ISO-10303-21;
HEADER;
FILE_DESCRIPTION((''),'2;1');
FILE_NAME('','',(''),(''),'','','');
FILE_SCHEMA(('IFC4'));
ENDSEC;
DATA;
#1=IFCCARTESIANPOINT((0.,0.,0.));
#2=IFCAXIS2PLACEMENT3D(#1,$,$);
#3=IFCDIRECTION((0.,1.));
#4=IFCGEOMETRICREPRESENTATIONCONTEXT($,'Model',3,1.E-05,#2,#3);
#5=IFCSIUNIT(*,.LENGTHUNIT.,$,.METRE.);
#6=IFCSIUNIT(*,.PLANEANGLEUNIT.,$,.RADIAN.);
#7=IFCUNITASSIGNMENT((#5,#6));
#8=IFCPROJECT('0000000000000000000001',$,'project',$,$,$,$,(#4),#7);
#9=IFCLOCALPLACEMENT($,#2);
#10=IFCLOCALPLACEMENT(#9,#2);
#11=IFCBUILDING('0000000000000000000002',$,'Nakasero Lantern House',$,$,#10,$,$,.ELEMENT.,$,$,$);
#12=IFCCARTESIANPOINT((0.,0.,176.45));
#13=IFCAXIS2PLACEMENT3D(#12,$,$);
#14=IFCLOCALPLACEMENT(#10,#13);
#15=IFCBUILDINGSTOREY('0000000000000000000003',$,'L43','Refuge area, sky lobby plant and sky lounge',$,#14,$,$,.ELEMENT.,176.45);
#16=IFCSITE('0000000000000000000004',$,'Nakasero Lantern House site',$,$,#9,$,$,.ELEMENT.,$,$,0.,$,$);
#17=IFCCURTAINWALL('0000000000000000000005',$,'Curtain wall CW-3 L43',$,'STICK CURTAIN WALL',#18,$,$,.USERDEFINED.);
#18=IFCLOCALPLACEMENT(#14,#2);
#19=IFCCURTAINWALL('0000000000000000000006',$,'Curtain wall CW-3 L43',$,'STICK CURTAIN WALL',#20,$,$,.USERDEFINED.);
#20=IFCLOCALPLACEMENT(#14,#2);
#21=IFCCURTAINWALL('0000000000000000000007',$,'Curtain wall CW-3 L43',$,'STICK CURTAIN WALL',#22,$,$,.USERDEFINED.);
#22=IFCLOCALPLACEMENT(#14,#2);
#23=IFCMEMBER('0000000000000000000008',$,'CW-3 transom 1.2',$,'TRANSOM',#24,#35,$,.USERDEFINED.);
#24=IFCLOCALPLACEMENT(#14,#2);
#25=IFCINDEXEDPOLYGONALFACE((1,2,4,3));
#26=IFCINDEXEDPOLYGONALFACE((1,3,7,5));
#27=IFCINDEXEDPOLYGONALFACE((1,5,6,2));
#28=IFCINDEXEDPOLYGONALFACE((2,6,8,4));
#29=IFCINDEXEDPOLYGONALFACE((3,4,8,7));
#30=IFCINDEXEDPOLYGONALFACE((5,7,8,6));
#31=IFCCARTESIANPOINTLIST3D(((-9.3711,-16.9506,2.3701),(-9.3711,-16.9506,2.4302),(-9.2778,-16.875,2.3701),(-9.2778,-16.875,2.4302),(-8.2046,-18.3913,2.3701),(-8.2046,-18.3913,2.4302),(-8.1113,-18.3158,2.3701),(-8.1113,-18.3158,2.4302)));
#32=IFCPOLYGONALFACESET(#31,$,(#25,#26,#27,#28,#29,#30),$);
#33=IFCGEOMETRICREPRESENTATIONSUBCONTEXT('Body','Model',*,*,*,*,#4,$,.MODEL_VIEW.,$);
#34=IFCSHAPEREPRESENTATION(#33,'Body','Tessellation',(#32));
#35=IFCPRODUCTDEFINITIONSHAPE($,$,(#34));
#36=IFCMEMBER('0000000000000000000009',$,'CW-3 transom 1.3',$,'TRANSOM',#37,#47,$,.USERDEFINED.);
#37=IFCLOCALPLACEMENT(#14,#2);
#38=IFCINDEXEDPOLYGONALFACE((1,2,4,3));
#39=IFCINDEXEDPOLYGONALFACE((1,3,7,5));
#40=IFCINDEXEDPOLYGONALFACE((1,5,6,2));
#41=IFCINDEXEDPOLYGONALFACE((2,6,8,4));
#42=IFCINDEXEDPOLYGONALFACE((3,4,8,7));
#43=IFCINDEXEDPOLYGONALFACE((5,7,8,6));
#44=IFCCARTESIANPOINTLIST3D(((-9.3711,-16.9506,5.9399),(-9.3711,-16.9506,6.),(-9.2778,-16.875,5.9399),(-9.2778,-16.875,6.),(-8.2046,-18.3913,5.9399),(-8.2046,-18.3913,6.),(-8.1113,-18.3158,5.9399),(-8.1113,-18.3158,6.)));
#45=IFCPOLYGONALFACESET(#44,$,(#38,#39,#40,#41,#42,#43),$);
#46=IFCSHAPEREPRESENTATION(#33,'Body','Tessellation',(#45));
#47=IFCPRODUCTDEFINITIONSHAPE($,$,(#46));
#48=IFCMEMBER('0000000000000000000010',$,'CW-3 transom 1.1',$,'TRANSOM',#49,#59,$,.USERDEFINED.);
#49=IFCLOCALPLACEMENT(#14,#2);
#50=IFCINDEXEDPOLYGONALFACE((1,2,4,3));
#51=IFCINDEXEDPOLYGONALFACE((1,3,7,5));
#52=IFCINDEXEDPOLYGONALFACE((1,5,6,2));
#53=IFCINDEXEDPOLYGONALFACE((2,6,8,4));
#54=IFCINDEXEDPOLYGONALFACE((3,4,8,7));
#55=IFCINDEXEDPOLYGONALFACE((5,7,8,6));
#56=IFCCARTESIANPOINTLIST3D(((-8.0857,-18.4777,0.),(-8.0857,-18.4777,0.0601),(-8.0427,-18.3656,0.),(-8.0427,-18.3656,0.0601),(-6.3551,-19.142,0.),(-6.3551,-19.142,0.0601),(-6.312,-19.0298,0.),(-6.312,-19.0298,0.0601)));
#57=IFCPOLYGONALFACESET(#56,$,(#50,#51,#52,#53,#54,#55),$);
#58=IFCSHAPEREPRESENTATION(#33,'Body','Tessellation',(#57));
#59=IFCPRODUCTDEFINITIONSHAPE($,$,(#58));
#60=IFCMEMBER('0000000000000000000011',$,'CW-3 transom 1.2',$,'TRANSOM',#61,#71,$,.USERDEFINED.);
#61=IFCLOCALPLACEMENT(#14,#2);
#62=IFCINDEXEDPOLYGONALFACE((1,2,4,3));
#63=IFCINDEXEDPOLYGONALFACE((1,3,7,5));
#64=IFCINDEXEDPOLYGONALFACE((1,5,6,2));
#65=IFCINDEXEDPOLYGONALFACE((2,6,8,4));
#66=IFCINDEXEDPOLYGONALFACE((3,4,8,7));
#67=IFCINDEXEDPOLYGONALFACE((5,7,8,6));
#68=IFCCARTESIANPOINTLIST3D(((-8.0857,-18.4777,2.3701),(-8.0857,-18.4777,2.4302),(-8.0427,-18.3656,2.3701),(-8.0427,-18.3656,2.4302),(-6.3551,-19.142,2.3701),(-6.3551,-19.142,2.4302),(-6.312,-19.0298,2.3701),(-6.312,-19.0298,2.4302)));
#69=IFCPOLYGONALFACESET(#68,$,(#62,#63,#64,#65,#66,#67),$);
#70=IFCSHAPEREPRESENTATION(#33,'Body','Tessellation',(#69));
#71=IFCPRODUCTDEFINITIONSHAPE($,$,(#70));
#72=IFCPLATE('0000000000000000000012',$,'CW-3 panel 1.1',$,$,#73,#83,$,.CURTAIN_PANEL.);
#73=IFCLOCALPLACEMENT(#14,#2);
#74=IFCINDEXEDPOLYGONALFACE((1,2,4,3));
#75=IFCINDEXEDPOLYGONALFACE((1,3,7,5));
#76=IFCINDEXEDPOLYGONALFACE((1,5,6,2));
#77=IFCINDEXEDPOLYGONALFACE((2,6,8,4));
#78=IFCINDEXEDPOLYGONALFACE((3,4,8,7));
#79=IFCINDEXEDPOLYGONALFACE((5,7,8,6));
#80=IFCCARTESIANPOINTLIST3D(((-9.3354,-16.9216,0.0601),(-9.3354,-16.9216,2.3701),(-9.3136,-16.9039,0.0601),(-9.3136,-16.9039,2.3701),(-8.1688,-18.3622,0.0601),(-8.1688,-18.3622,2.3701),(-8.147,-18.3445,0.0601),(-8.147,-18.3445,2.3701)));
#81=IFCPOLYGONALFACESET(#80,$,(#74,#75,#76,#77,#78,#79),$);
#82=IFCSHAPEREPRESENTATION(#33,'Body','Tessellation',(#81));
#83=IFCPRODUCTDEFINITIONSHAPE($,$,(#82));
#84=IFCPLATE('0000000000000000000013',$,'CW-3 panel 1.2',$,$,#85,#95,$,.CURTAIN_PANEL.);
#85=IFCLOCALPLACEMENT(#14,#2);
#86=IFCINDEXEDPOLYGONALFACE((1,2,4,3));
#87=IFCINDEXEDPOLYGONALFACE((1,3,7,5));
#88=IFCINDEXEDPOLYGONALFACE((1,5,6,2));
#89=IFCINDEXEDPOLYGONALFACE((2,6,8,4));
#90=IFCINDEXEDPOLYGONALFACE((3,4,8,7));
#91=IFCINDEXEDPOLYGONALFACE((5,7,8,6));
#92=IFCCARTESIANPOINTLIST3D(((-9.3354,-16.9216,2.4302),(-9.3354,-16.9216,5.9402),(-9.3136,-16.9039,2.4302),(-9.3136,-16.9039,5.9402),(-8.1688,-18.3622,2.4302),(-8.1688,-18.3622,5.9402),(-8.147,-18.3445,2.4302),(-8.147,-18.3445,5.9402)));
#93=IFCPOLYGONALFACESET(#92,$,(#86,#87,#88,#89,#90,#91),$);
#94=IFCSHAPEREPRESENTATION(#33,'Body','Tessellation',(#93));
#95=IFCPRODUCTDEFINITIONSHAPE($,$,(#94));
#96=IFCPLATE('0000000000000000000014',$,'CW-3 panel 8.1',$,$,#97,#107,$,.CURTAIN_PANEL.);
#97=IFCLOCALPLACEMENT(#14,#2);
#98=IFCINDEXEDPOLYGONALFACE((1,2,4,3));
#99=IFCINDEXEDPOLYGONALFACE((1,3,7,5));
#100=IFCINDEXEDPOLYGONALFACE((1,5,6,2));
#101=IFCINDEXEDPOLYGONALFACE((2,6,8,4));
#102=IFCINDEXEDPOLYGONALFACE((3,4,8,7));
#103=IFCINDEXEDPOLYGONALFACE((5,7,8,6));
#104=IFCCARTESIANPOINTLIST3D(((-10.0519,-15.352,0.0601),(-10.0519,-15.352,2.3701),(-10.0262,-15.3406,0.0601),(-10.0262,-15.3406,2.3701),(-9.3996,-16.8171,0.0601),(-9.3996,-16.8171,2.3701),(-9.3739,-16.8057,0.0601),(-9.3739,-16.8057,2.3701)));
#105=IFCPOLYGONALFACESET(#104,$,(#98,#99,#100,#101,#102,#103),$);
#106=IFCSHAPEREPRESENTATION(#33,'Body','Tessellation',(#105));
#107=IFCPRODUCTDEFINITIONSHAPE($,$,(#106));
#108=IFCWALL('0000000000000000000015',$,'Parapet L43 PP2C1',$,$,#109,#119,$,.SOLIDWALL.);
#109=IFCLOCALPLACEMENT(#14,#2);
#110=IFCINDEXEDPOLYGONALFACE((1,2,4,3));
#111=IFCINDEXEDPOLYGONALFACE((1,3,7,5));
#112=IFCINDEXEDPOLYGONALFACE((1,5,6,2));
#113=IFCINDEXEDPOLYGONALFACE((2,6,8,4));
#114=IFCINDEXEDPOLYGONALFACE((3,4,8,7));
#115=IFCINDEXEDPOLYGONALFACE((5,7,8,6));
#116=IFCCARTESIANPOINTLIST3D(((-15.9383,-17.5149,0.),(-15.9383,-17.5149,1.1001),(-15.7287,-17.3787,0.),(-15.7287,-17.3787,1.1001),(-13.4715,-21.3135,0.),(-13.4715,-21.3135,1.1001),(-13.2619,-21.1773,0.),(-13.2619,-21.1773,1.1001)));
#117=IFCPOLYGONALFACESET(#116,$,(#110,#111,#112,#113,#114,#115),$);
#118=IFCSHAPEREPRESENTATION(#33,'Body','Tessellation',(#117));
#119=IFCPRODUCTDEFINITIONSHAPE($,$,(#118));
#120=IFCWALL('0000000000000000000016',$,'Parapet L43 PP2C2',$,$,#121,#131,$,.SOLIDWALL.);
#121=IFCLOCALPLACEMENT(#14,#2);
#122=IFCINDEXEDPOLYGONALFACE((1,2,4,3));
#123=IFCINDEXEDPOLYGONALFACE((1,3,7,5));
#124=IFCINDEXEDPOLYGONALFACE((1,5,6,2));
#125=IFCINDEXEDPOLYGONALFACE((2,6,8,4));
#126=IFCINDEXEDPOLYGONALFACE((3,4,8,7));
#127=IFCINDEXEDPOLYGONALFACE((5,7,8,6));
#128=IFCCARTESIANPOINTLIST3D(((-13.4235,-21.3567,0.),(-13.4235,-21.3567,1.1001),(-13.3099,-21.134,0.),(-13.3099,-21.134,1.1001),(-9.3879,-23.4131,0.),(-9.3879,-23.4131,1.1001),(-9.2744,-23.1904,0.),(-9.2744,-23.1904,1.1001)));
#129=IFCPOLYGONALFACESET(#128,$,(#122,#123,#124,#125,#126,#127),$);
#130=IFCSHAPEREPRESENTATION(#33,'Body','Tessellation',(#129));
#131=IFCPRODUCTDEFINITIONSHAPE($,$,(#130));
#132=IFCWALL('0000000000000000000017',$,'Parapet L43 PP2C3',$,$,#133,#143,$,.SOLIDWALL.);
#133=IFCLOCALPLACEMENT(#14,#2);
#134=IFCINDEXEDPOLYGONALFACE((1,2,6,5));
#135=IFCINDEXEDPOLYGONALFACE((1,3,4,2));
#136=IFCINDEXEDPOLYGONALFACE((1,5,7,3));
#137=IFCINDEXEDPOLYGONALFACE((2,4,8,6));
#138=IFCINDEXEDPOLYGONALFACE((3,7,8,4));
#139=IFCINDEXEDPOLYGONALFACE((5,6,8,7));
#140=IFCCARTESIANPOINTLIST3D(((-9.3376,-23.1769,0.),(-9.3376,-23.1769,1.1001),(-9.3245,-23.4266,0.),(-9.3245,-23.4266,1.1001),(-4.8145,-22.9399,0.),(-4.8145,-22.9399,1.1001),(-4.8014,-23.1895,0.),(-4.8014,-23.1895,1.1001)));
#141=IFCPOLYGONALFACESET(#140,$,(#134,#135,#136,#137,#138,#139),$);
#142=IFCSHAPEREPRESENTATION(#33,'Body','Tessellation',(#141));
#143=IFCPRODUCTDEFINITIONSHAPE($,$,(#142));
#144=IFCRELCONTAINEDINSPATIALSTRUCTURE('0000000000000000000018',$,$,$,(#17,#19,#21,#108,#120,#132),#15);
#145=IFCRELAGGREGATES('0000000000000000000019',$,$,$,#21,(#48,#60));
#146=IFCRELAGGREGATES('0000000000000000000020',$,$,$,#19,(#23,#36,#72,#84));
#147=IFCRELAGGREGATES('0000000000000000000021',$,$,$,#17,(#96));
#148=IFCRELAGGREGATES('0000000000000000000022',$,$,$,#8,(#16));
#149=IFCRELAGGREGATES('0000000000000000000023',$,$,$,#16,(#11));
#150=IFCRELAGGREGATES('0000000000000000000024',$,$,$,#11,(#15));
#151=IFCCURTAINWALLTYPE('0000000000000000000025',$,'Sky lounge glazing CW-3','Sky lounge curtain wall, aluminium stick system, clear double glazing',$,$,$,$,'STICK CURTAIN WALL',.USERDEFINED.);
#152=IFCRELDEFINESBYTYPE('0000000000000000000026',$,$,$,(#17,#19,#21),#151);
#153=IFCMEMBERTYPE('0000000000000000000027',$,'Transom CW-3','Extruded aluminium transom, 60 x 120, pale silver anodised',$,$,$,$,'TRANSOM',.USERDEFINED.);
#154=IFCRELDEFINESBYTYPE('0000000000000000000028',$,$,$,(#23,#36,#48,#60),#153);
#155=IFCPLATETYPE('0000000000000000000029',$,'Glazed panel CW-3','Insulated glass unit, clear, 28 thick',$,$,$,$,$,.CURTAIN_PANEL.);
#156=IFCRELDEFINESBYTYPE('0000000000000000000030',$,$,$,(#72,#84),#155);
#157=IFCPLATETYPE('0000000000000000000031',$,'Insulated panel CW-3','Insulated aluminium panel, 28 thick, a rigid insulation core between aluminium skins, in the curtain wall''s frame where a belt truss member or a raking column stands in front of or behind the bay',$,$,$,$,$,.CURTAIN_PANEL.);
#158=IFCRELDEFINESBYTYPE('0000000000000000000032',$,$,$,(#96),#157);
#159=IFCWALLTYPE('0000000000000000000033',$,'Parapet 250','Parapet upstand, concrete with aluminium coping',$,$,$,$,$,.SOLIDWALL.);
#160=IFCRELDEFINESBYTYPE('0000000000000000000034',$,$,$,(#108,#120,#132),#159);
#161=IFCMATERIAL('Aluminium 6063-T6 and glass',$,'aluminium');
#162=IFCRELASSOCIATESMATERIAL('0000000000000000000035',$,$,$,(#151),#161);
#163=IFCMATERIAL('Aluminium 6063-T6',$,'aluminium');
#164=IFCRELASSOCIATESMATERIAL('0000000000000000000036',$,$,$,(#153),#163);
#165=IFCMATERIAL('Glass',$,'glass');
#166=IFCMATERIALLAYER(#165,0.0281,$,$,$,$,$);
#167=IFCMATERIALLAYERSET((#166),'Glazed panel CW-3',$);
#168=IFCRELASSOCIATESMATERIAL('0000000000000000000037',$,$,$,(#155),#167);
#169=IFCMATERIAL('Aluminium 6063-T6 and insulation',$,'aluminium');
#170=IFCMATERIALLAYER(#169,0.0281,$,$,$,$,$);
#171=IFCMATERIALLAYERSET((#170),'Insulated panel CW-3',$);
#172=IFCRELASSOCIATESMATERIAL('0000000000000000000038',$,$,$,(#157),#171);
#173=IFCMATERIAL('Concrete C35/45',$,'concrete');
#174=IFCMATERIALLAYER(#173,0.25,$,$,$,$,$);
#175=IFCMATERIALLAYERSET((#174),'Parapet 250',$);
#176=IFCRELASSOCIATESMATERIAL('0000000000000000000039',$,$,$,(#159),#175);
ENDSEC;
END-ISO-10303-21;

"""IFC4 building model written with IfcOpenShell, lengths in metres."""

from ifc_helpers import new_model, si_unit, direction, frame, frame_2d, origin, origin_2d, place, context, subcontext, project, spatial, rectangle, extrude, material, layer, layer_set, material_profile, profile_set, type_object, element, aggregate, save


model = new_model("IFC4")

# Units and contexts
model_context = context("Model", 3, precision=1e-05, world=origin(), true_north=direction((0.0, 1.0)))
body_context = subcontext(model_context, "Body", "Model", "MODEL_VIEW")
ifc_project = project(units=[si_unit("LENGTHUNIT", "METRE"), si_unit("PLANEANGLEUNIT", "RADIAN")], contexts=[model_context])

# Site, building, storey
site_placement = place(None, origin())
site = spatial("IfcSite", under=ifc_project, at=site_placement, Name="Nakasero Lantern House site", CompositionType="ELEMENT", RefElevation=0.0)
building_placement = place(site_placement, origin())
building = spatial("IfcBuilding", under=site, at=building_placement, Name="Nakasero Lantern House", CompositionType="ELEMENT")
storey_placement = place(building_placement, frame((0.0, 0.0, 176.45)))
storey = spatial("IfcBuildingStorey", under=building, at=storey_placement, Name="L43", Description="Refuge area, sky lobby plant and sky lounge", CompositionType="ELEMENT", Elevation=176.45)

# Curtain wall
ifc_material_1 = material(Name="Aluminium 6063-T6 and glass", Category="aluminium")
curtain_wall_type = type_object("IfcCurtainWallType", Name="Sky lounge glazing CW-3", Description="Sky lounge curtain wall, aluminium stick system, clear double glazing", ElementType="STICK CURTAIN WALL", PredefinedType="USERDEFINED", material=ifc_material_1)
curtain_wall_1_placement = place(storey_placement, origin())
curtain_wall_1 = element("IfcCurtainWall", 1, at=curtain_wall_1_placement, inside=storey, type_object=curtain_wall_type, Name="Curtain wall CW-3 L43", ObjectType="STICK CURTAIN WALL", PredefinedType="USERDEFINED")

# Curtain wall
curtain_wall_2_placement = place(storey_placement, origin())
curtain_wall_2 = element("IfcCurtainWall", 2, at=curtain_wall_2_placement, inside=storey, type_object=curtain_wall_type, Name="Curtain wall CW-3 L43", ObjectType="STICK CURTAIN WALL", PredefinedType="USERDEFINED")

# Curtain wall
curtain_wall_3_placement = place(storey_placement, origin())
curtain_wall_3 = element("IfcCurtainWall", 3, at=curtain_wall_3_placement, inside=storey, type_object=curtain_wall_type, Name="Curtain wall CW-3 L43", ObjectType="STICK CURTAIN WALL", PredefinedType="USERDEFINED")

# Members
ifc_material_2 = material(Name="Aluminium 6063-T6", Category="aluminium")
ifc_material_profile_1 = material_profile(ifc_material_2, rectangle(XDim=0.0601, YDim=0.1201, at=origin_2d()), Name="CW-3 transom 60x120")
ifc_profile_set_1 = profile_set([ifc_material_profile_1], Name="Aluminium 6063-T6")
member_type_1 = type_object("IfcMemberType", Name="Transom CW-3", Description="Extruded aluminium transom, 60 x 120, pale silver anodised", ElementType="TRANSOM", PredefinedType="USERDEFINED", material=ifc_profile_set_1)
member_1_placement = place(storey_placement, frame((-9.3245, -16.9128, 2.4001), z_axis=(0.629278, -0.77718, 0.0), x_axis=(0.0, 0.0, 1.0)))
member_1 = element("IfcMember", 4, at=member_1_placement, type_object=member_type_1, Name="CW-3 transom 1.2", ObjectType="TRANSOM", PredefinedType="USERDEFINED", context=body_context, shape_type="SweptSolid", body=[
    extrude(rectangle(XDim=0.0601, YDim=0.1201, at=origin_2d()), origin(), (0.0, 0.0, 1.0), 1.8538),
])
member_2_placement = place(storey_placement, frame((-9.3245, -16.9128, 5.97), z_axis=(0.629278, -0.77718, 0.0), x_axis=(0.0, 0.0, 1.0)))
member_2 = element("IfcMember", 5, at=member_2_placement, type_object=member_type_1, Name="CW-3 transom 1.3", ObjectType="TRANSOM", PredefinedType="USERDEFINED", context=body_context, shape_type="SweptSolid", body=[
    extrude(rectangle(XDim=0.0601, YDim=0.1201, at=origin_2d()), origin(), (0.0, 0.0, 1.0), 1.8538),
])
member_3_placement = place(storey_placement, frame((-8.0642, -18.4216, 0.03), z_axis=(0.93359, -0.358344, 0.0), x_axis=(0.0, 0.0, 1.0)))
member_3 = element("IfcMember", 6, at=member_3_placement, type_object=member_type_1, Name="CW-3 transom 1.1", ObjectType="TRANSOM", PredefinedType="USERDEFINED", context=body_context, shape_type="SweptSolid", body=[
    extrude(rectangle(XDim=0.0601, YDim=0.1201, at=origin_2d()), origin(), (0.0, 0.0, 1.0), 1.8538),
])
member_4_placement = place(storey_placement, frame((-8.0642, -18.4216, 2.4001), z_axis=(0.93359, -0.358344, 0.0), x_axis=(0.0, 0.0, 1.0)))
member_4 = element("IfcMember", 7, at=member_4_placement, type_object=member_type_1, Name="CW-3 transom 1.2", ObjectType="TRANSOM", PredefinedType="USERDEFINED", context=body_context, shape_type="SweptSolid", body=[
    extrude(rectangle(XDim=0.0601, YDim=0.1201, at=origin_2d()), origin(), (0.0, 0.0, 1.0), 1.8538),
])
aggregate(curtain_wall_3, [member_3, member_4])

# Plates
ifc_material_3 = material(Name="Glass", Category="glass")
ifc_layer_1 = layer(ifc_material_3, 0.0281)
ifc_layer_set_1 = layer_set([ifc_layer_1], Name="Glazed panel CW-3")
plate_type_1 = type_object("IfcPlateType", Name="Glazed panel CW-3", Description="Insulated glass unit, clear, 28 thick", PredefinedType="CURTAIN_PANEL", material=ifc_layer_set_1)
plate_1_placement = place(storey_placement, frame((-8.7412, -17.6331, 0.0601), z_axis=(0.0, 0.0, 1.0), x_axis=(0.62932, -0.777146, 0.0)))
plate_1 = element("IfcPlate", 8, at=plate_1_placement, type_object=plate_type_1, Name="CW-3 panel 1.1", PredefinedType="CURTAIN_PANEL", context=body_context, shape_type="SweptSolid", body=[
    extrude(rectangle(XDim=1.8538, YDim=0.0281, at=origin_2d()), origin(), (0.0, 0.0, 1.0), 2.3101),
])
plate_2_placement = place(storey_placement, frame((-8.7412, -17.6331, 2.4302), z_axis=(0.0, 0.0, 1.0), x_axis=(0.62932, -0.777146, 0.0)))
plate_2 = element("IfcPlate", 9, at=plate_2_placement, type_object=plate_type_1, Name="CW-3 panel 1.2", PredefinedType="CURTAIN_PANEL", context=body_context, shape_type="SweptSolid", body=[
    extrude(rectangle(XDim=1.8538, YDim=0.0281, at=origin_2d()), origin(), (0.0, 0.0, 1.0), 3.51),
])
aggregate(curtain_wall_2, [member_1, member_2, plate_1, plate_2])
ifc_material_4 = material(Name="Aluminium 6063-T6 and insulation", Category="aluminium")
ifc_layer_2 = layer(ifc_material_4, 0.0281)
ifc_layer_set_2 = layer_set([ifc_layer_2], Name="Insulated panel CW-3")
plate_type_2 = type_object("IfcPlateType", Name="Insulated panel CW-3", Description="Insulated aluminium panel, 28 thick, a rigid insulation core between aluminium skins, in the curtain wall's frame where a belt truss member or a raking column stands in front of or behind the bay", PredefinedType="CURTAIN_PANEL", material=ifc_layer_set_2)
plate_3_placement = place(storey_placement, frame((-9.7129, -16.0789, 0.0601), z_axis=(0.0, 0.0, 1.0), x_axis=(0.406737, -0.913545, 0.0)))
plate_3 = element("IfcPlate", 10, at=plate_3_placement, type_object=plate_type_2, Name="CW-3 panel 8.1", PredefinedType="CURTAIN_PANEL", context=body_context, shape_type="SweptSolid", body=[
    extrude(rectangle(XDim=1.6038, YDim=0.0281, at=origin_2d()), origin(), (0.0, 0.0, 1.0), 2.3101),
])
aggregate(curtain_wall_1, [plate_3])

# Walls
ifc_material_5 = material(Name="Concrete C35/45", Category="concrete")
ifc_layer_3 = layer(ifc_material_5, 0.25)
ifc_layer_set_3 = layer_set([ifc_layer_3], Name="Parapet 250")
wall_type = type_object("IfcWallType", Name="Parapet 250", Description="Parapet upstand, concrete with aluminium coping", PredefinedType="SOLIDWALL", material=ifc_layer_set_3)
for number, where, z_axis, x_axis, name in (
    (11, (-15.8335, -17.4468, 0.0), (0.0, 0.0, 1.0), (0.544634, -0.838674, 0.0), "Parapet L43 PP2C1"),
    (12, (-13.3667, -21.2454, 0.0), (0.0, 0.0, 1.0), (0.890995, -0.454014, 0.0), "Parapet L43 PP2C2"),
    (13, (-9.3311, -23.3018, 0.0), (0.0, 0.0, 1.0), (0.998629, 0.052338, 0.0), "Parapet L43 PP2C3"),
):
    element("IfcWall", number, at=place(storey_placement, frame(where, z_axis=z_axis, x_axis=x_axis)), inside=storey, type_object=wall_type, Name=name, PredefinedType="SOLIDWALL", context=body_context, shape_type="SweptSolid", body=[
        extrude(rectangle(XDim=4.5293, YDim=0.25, at=frame_2d((2.2646, 0.0))), origin(), (0.0, 0.0, 1.0), 1.1001),
    ])

save(model, "model.ifc")
